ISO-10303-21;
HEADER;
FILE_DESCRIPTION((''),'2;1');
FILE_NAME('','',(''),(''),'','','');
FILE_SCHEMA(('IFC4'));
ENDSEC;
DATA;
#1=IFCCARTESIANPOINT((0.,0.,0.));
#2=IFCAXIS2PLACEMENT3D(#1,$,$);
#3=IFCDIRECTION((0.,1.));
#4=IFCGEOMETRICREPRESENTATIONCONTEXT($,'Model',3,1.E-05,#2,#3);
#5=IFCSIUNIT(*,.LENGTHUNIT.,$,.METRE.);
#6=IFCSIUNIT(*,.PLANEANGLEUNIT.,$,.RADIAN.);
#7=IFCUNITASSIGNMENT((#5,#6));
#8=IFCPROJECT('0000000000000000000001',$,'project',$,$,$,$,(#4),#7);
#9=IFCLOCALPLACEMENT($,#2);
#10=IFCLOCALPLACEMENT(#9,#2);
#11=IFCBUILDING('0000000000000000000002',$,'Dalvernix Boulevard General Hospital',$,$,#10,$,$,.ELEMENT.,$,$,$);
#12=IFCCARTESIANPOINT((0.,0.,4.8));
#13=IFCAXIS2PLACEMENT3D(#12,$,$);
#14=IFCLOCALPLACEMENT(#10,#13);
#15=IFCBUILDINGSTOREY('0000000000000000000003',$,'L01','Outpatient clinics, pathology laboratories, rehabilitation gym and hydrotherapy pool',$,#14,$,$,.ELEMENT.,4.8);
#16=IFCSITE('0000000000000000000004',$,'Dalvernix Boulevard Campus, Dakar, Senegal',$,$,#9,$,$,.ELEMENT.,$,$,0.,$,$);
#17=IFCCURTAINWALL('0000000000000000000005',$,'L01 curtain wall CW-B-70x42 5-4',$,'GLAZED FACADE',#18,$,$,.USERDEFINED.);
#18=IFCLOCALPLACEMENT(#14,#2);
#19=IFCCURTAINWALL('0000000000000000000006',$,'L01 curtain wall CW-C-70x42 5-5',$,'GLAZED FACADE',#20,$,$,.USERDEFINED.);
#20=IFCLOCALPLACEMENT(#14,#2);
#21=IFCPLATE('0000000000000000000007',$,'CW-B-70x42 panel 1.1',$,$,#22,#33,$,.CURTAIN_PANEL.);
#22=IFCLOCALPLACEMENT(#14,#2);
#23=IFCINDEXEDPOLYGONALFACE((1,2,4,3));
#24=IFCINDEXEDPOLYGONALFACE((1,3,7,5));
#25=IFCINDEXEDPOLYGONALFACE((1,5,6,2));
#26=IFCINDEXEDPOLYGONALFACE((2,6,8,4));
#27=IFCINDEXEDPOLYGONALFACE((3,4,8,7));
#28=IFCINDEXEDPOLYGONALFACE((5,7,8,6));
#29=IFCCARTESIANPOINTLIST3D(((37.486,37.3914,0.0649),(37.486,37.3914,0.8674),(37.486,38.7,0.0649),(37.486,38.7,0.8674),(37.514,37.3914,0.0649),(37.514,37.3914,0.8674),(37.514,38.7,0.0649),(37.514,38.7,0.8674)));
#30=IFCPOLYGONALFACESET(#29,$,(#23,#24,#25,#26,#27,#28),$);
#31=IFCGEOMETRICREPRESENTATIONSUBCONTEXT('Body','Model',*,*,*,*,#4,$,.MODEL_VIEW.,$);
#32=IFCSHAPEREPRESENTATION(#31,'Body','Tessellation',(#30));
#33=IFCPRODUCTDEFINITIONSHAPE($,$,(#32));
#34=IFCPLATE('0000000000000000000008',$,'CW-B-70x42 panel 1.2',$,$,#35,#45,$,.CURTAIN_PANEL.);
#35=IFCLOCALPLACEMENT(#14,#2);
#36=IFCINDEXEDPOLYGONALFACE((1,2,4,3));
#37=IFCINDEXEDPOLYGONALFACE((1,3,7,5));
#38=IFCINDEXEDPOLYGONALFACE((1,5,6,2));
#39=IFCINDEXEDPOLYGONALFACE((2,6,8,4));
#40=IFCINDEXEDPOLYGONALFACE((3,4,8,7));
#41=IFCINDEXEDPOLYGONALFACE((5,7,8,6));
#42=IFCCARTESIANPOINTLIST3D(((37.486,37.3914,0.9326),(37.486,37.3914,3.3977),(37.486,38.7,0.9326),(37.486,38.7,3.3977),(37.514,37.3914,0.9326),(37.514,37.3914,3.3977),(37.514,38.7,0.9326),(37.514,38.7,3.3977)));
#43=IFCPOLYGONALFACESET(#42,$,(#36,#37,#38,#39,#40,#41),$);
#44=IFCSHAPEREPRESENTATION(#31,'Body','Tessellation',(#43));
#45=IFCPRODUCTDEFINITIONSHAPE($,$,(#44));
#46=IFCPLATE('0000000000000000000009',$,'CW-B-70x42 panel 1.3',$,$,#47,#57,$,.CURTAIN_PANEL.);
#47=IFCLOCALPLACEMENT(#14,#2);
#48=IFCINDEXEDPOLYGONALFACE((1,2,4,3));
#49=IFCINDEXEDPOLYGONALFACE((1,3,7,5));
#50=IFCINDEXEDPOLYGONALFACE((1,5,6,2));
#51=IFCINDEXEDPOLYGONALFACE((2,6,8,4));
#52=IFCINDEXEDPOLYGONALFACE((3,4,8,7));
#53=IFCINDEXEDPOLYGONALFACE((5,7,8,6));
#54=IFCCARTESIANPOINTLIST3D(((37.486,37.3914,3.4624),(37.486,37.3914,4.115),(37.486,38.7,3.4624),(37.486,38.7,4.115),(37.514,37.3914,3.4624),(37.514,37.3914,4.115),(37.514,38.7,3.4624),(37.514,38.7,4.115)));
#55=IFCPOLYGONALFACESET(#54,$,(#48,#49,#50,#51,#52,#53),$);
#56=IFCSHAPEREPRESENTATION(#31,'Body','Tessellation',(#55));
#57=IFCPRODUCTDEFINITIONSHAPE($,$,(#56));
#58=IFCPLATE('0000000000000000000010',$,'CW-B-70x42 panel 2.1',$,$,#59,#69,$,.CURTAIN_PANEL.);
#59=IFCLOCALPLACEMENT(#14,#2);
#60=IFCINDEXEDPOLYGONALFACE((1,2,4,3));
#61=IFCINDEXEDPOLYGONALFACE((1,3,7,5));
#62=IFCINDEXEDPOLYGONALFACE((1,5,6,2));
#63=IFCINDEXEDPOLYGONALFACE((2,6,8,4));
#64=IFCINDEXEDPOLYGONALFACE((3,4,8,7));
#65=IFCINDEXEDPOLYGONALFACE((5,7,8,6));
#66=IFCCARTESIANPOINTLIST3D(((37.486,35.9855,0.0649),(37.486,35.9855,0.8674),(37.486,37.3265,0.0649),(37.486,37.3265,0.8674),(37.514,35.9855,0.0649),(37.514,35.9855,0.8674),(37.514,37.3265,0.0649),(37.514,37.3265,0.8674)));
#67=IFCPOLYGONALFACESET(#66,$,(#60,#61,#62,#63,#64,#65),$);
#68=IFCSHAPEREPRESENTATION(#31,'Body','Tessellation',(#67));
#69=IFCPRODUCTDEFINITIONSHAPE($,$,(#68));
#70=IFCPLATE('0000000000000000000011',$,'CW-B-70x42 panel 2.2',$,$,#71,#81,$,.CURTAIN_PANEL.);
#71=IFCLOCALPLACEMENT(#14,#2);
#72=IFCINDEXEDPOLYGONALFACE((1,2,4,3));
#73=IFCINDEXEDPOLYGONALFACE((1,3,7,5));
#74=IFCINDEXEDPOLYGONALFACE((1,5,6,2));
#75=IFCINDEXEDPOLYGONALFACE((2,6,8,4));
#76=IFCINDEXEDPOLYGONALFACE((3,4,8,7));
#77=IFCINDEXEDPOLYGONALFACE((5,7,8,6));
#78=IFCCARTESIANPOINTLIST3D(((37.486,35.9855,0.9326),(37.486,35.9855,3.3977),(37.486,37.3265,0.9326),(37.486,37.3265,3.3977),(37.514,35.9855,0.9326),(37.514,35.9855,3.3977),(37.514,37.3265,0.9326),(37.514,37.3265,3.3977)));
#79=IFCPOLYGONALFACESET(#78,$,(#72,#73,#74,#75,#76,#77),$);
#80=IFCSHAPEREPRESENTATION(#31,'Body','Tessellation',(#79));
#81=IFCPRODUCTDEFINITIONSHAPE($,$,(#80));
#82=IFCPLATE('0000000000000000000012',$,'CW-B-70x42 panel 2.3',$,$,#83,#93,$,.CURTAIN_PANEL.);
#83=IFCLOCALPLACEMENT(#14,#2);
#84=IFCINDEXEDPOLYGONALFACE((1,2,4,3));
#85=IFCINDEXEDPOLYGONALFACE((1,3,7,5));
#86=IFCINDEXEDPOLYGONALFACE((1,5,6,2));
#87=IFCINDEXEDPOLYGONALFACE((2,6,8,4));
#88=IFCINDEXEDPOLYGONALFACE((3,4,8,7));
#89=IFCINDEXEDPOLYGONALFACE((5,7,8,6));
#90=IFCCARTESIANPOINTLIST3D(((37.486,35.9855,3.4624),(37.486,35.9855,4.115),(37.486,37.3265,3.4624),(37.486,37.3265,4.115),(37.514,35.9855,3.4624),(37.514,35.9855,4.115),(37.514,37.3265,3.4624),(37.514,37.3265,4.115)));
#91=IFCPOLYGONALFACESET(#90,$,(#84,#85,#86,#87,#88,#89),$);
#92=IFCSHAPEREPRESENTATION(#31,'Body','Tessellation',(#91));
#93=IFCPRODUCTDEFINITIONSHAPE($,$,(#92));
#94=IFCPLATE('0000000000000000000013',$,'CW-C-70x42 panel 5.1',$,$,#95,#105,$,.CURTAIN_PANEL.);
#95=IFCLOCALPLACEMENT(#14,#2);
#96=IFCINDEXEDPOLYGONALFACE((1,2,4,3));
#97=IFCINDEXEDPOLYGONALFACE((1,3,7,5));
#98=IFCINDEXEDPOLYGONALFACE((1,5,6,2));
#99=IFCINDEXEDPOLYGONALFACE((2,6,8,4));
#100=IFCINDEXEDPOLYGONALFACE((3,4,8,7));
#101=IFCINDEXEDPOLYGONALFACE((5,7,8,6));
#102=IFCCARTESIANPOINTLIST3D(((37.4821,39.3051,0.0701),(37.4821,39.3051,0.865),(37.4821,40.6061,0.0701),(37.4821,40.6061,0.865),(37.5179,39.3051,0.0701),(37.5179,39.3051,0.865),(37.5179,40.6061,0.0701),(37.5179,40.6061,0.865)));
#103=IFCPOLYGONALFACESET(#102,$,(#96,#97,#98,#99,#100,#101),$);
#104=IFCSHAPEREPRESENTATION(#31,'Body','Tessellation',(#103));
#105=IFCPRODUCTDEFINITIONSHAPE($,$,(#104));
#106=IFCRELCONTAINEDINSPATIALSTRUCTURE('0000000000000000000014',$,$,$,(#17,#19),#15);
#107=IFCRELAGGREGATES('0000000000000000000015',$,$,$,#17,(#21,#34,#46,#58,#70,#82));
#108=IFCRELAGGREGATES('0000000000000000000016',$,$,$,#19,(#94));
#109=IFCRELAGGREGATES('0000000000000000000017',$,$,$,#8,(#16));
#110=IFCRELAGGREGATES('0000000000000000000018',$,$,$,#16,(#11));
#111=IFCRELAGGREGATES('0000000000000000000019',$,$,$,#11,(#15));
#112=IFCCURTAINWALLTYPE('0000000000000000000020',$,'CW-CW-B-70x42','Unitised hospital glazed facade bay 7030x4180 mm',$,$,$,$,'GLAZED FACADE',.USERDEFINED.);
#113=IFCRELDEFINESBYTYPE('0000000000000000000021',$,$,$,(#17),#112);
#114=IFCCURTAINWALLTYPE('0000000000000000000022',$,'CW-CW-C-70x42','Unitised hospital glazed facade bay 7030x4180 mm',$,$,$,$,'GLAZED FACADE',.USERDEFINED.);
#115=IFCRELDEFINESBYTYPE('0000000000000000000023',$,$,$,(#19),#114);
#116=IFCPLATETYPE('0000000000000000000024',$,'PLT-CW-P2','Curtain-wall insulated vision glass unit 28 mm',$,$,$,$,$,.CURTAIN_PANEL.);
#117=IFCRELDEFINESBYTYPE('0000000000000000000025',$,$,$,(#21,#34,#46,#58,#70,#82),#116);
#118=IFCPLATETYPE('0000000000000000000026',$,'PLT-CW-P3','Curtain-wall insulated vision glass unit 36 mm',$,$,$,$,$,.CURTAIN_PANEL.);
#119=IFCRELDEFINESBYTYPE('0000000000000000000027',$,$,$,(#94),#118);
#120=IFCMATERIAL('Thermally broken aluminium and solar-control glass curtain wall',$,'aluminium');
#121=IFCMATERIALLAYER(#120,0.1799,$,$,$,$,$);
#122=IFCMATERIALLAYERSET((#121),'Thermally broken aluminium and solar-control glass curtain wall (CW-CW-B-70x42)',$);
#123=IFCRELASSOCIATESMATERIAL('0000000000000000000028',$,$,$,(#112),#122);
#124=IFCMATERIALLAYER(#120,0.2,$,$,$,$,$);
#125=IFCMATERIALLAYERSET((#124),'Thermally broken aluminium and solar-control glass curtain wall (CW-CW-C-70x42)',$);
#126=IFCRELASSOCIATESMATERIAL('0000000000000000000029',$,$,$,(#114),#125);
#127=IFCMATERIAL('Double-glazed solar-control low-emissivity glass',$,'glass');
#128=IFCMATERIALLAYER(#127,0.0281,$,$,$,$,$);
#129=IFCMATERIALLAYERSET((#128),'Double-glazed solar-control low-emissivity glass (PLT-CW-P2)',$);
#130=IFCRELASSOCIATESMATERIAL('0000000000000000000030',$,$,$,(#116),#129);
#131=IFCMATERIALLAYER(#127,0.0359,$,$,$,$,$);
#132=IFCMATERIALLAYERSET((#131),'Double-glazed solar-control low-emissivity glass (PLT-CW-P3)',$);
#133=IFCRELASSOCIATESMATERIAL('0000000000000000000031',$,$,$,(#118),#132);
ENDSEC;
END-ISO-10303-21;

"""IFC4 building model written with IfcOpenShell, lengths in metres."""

from ifc_helpers import new_model, si_unit, direction, frame, origin, origin_2d, place, context, subcontext, project, spatial, rectangle, extrude, material, layer, layer_set, type_object, element, aggregate, save


model = new_model("IFC4")

# Units and contexts
model_context = context("Model", 3, precision=1e-05, world=origin(), true_north=direction((0.0, 1.0)))
body_context = subcontext(model_context, "Body", "Model", "MODEL_VIEW")
ifc_project = project(units=[si_unit("LENGTHUNIT", "METRE"), si_unit("PLANEANGLEUNIT", "RADIAN")], contexts=[model_context])

# Site, building, storey
site_placement = place(None, origin())
site = spatial("IfcSite", under=ifc_project, at=site_placement, Name="Dalvernix Boulevard Campus, Dakar, Senegal", CompositionType="ELEMENT", RefElevation=0.0)
building_placement = place(site_placement, origin())
building = spatial("IfcBuilding", under=site, at=building_placement, Name="Dalvernix Boulevard General Hospital", CompositionType="ELEMENT")
storey_placement = place(building_placement, frame((0.0, 0.0, 4.8)))
storey = spatial("IfcBuildingStorey", under=building, at=storey_placement, Name="L01", Description="Outpatient clinics, pathology laboratories, rehabilitation gym and hydrotherapy pool", CompositionType="ELEMENT", Elevation=4.8)

# Curtain wall
ifc_material_1 = material(Name="Thermally broken aluminium and solar-control glass curtain wall", Category="aluminium")
ifc_layer_1 = layer(ifc_material_1, 0.1799)
ifc_layer_set_1 = layer_set([ifc_layer_1], Name="Thermally broken aluminium and solar-control glass curtain wall (CW-CW-B-70x42)")
curtain_wall_type_1 = type_object("IfcCurtainWallType", Name="CW-CW-B-70x42", Description="Unitised hospital glazed facade bay 7030x4180 mm", ElementType="GLAZED FACADE", PredefinedType="USERDEFINED", material=ifc_layer_set_1)
curtain_wall_1_placement = place(storey_placement, origin())
curtain_wall_1 = element("IfcCurtainWall", 1, at=curtain_wall_1_placement, inside=storey, type_object=curtain_wall_type_1, Name="L01 curtain wall CW-B-70x42 5-4", ObjectType="GLAZED FACADE", PredefinedType="USERDEFINED")

# Curtain wall
ifc_layer_2 = layer(ifc_material_1, 0.2)
ifc_layer_set_2 = layer_set([ifc_layer_2], Name="Thermally broken aluminium and solar-control glass curtain wall (CW-CW-C-70x42)")
curtain_wall_type_2 = type_object("IfcCurtainWallType", Name="CW-CW-C-70x42", Description="Unitised hospital glazed facade bay 7030x4180 mm", ElementType="GLAZED FACADE", PredefinedType="USERDEFINED", material=ifc_layer_set_2)
curtain_wall_2_placement = place(storey_placement, origin())
curtain_wall_2 = element("IfcCurtainWall", 2, at=curtain_wall_2_placement, inside=storey, type_object=curtain_wall_type_2, Name="L01 curtain wall CW-C-70x42 5-5", ObjectType="GLAZED FACADE", PredefinedType="USERDEFINED")

# Plates
ifc_material_2 = material(Name="Double-glazed solar-control low-emissivity glass", Category="glass")
ifc_layer_3 = layer(ifc_material_2, 0.0281)
ifc_layer_set_3 = layer_set([ifc_layer_3], Name="Double-glazed solar-control low-emissivity glass (PLT-CW-P2)")
plate_type_1 = type_object("IfcPlateType", Name="PLT-CW-P2", Description="Curtain-wall insulated vision glass unit 28 mm", PredefinedType="CURTAIN_PANEL", material=ifc_layer_set_3)
plate_1_placement = place(storey_placement, frame((37.5, 38.0457, 0.0649), z_axis=(0.0, 0.0, 1.0), x_axis=(0.0, -1.0, 0.0)))
plate_1 = element("IfcPlate", 3, at=plate_1_placement, type_object=plate_type_1, Name="CW-B-70x42 panel 1.1", PredefinedType="CURTAIN_PANEL", context=body_context, shape_type="SweptSolid", body=[
    extrude(rectangle(XDim=1.3086, YDim=0.0281, at=origin_2d()), origin(), (0.0, 0.0, 1.0), 0.8025),
])
plate_2_placement = place(storey_placement, frame((37.5, 38.0457, 0.9326), z_axis=(0.0, 0.0, 1.0), x_axis=(0.0, -1.0, 0.0)))
plate_2 = element("IfcPlate", 4, at=plate_2_placement, type_object=plate_type_1, Name="CW-B-70x42 panel 1.2", PredefinedType="CURTAIN_PANEL", context=body_context, shape_type="SweptSolid", body=[
    extrude(rectangle(XDim=1.3086, YDim=0.0281, at=origin_2d()), origin(), (0.0, 0.0, 1.0), 2.4651),
])
plate_3_placement = place(storey_placement, frame((37.5, 38.0457, 3.4624), z_axis=(0.0, 0.0, 1.0), x_axis=(0.0, -1.0, 0.0)))
plate_3 = element("IfcPlate", 5, at=plate_3_placement, type_object=plate_type_1, Name="CW-B-70x42 panel 1.3", PredefinedType="CURTAIN_PANEL", context=body_context, shape_type="SweptSolid", body=[
    extrude(rectangle(XDim=1.3086, YDim=0.0281, at=origin_2d()), origin(), (0.0, 0.0, 1.0), 0.6526),
])
plate_4_placement = place(storey_placement, frame((37.5, 36.656, 0.0649), z_axis=(0.0, 0.0, 1.0), x_axis=(0.0, -1.0, 0.0)))
plate_4 = element("IfcPlate", 6, at=plate_4_placement, type_object=plate_type_1, Name="CW-B-70x42 panel 2.1", PredefinedType="CURTAIN_PANEL", context=body_context, shape_type="SweptSolid", body=[
    extrude(rectangle(XDim=1.3411, YDim=0.0281, at=origin_2d()), origin(), (0.0, 0.0, 1.0), 0.8025),
])
plate_5_placement = place(storey_placement, frame((37.5, 36.656, 0.9326), z_axis=(0.0, 0.0, 1.0), x_axis=(0.0, -1.0, 0.0)))
plate_5 = element("IfcPlate", 7, at=plate_5_placement, type_object=plate_type_1, Name="CW-B-70x42 panel 2.2", PredefinedType="CURTAIN_PANEL", context=body_context, shape_type="SweptSolid", body=[
    extrude(rectangle(XDim=1.3411, YDim=0.0281, at=origin_2d()), origin(), (0.0, 0.0, 1.0), 2.4651),
])
plate_6_placement = place(storey_placement, frame((37.5, 36.656, 3.4624), z_axis=(0.0, 0.0, 1.0), x_axis=(0.0, -1.0, 0.0)))
plate_6 = element("IfcPlate", 8, at=plate_6_placement, type_object=plate_type_1, Name="CW-B-70x42 panel 2.3", PredefinedType="CURTAIN_PANEL", context=body_context, shape_type="SweptSolid", body=[
    extrude(rectangle(XDim=1.3411, YDim=0.0281, at=origin_2d()), origin(), (0.0, 0.0, 1.0), 0.6526),
])
aggregate(curtain_wall_1, [plate_1, plate_2, plate_3, plate_4, plate_5, plate_6])
ifc_layer_4 = layer(ifc_material_2, 0.0359)
ifc_layer_set_4 = layer_set([ifc_layer_4], Name="Double-glazed solar-control low-emissivity glass (PLT-CW-P3)")
plate_type_2 = type_object("IfcPlateType", Name="PLT-CW-P3", Description="Curtain-wall insulated vision glass unit 36 mm", PredefinedType="CURTAIN_PANEL", material=ifc_layer_set_4)
plate_7_placement = place(storey_placement, frame((37.5, 39.9556, 0.0701), z_axis=(0.0, 0.0, 1.0), x_axis=(0.0, -1.0, 0.0)))
plate_7 = element("IfcPlate", 9, at=plate_7_placement, type_object=plate_type_2, Name="CW-C-70x42 panel 5.1", PredefinedType="CURTAIN_PANEL", context=body_context, shape_type="SweptSolid", body=[
    extrude(rectangle(XDim=1.301, YDim=0.0359, at=origin_2d()), origin(), (0.0, 0.0, 1.0), 0.7949),
])
aggregate(curtain_wall_2, [plate_7])

save(model, "model.ifc")
